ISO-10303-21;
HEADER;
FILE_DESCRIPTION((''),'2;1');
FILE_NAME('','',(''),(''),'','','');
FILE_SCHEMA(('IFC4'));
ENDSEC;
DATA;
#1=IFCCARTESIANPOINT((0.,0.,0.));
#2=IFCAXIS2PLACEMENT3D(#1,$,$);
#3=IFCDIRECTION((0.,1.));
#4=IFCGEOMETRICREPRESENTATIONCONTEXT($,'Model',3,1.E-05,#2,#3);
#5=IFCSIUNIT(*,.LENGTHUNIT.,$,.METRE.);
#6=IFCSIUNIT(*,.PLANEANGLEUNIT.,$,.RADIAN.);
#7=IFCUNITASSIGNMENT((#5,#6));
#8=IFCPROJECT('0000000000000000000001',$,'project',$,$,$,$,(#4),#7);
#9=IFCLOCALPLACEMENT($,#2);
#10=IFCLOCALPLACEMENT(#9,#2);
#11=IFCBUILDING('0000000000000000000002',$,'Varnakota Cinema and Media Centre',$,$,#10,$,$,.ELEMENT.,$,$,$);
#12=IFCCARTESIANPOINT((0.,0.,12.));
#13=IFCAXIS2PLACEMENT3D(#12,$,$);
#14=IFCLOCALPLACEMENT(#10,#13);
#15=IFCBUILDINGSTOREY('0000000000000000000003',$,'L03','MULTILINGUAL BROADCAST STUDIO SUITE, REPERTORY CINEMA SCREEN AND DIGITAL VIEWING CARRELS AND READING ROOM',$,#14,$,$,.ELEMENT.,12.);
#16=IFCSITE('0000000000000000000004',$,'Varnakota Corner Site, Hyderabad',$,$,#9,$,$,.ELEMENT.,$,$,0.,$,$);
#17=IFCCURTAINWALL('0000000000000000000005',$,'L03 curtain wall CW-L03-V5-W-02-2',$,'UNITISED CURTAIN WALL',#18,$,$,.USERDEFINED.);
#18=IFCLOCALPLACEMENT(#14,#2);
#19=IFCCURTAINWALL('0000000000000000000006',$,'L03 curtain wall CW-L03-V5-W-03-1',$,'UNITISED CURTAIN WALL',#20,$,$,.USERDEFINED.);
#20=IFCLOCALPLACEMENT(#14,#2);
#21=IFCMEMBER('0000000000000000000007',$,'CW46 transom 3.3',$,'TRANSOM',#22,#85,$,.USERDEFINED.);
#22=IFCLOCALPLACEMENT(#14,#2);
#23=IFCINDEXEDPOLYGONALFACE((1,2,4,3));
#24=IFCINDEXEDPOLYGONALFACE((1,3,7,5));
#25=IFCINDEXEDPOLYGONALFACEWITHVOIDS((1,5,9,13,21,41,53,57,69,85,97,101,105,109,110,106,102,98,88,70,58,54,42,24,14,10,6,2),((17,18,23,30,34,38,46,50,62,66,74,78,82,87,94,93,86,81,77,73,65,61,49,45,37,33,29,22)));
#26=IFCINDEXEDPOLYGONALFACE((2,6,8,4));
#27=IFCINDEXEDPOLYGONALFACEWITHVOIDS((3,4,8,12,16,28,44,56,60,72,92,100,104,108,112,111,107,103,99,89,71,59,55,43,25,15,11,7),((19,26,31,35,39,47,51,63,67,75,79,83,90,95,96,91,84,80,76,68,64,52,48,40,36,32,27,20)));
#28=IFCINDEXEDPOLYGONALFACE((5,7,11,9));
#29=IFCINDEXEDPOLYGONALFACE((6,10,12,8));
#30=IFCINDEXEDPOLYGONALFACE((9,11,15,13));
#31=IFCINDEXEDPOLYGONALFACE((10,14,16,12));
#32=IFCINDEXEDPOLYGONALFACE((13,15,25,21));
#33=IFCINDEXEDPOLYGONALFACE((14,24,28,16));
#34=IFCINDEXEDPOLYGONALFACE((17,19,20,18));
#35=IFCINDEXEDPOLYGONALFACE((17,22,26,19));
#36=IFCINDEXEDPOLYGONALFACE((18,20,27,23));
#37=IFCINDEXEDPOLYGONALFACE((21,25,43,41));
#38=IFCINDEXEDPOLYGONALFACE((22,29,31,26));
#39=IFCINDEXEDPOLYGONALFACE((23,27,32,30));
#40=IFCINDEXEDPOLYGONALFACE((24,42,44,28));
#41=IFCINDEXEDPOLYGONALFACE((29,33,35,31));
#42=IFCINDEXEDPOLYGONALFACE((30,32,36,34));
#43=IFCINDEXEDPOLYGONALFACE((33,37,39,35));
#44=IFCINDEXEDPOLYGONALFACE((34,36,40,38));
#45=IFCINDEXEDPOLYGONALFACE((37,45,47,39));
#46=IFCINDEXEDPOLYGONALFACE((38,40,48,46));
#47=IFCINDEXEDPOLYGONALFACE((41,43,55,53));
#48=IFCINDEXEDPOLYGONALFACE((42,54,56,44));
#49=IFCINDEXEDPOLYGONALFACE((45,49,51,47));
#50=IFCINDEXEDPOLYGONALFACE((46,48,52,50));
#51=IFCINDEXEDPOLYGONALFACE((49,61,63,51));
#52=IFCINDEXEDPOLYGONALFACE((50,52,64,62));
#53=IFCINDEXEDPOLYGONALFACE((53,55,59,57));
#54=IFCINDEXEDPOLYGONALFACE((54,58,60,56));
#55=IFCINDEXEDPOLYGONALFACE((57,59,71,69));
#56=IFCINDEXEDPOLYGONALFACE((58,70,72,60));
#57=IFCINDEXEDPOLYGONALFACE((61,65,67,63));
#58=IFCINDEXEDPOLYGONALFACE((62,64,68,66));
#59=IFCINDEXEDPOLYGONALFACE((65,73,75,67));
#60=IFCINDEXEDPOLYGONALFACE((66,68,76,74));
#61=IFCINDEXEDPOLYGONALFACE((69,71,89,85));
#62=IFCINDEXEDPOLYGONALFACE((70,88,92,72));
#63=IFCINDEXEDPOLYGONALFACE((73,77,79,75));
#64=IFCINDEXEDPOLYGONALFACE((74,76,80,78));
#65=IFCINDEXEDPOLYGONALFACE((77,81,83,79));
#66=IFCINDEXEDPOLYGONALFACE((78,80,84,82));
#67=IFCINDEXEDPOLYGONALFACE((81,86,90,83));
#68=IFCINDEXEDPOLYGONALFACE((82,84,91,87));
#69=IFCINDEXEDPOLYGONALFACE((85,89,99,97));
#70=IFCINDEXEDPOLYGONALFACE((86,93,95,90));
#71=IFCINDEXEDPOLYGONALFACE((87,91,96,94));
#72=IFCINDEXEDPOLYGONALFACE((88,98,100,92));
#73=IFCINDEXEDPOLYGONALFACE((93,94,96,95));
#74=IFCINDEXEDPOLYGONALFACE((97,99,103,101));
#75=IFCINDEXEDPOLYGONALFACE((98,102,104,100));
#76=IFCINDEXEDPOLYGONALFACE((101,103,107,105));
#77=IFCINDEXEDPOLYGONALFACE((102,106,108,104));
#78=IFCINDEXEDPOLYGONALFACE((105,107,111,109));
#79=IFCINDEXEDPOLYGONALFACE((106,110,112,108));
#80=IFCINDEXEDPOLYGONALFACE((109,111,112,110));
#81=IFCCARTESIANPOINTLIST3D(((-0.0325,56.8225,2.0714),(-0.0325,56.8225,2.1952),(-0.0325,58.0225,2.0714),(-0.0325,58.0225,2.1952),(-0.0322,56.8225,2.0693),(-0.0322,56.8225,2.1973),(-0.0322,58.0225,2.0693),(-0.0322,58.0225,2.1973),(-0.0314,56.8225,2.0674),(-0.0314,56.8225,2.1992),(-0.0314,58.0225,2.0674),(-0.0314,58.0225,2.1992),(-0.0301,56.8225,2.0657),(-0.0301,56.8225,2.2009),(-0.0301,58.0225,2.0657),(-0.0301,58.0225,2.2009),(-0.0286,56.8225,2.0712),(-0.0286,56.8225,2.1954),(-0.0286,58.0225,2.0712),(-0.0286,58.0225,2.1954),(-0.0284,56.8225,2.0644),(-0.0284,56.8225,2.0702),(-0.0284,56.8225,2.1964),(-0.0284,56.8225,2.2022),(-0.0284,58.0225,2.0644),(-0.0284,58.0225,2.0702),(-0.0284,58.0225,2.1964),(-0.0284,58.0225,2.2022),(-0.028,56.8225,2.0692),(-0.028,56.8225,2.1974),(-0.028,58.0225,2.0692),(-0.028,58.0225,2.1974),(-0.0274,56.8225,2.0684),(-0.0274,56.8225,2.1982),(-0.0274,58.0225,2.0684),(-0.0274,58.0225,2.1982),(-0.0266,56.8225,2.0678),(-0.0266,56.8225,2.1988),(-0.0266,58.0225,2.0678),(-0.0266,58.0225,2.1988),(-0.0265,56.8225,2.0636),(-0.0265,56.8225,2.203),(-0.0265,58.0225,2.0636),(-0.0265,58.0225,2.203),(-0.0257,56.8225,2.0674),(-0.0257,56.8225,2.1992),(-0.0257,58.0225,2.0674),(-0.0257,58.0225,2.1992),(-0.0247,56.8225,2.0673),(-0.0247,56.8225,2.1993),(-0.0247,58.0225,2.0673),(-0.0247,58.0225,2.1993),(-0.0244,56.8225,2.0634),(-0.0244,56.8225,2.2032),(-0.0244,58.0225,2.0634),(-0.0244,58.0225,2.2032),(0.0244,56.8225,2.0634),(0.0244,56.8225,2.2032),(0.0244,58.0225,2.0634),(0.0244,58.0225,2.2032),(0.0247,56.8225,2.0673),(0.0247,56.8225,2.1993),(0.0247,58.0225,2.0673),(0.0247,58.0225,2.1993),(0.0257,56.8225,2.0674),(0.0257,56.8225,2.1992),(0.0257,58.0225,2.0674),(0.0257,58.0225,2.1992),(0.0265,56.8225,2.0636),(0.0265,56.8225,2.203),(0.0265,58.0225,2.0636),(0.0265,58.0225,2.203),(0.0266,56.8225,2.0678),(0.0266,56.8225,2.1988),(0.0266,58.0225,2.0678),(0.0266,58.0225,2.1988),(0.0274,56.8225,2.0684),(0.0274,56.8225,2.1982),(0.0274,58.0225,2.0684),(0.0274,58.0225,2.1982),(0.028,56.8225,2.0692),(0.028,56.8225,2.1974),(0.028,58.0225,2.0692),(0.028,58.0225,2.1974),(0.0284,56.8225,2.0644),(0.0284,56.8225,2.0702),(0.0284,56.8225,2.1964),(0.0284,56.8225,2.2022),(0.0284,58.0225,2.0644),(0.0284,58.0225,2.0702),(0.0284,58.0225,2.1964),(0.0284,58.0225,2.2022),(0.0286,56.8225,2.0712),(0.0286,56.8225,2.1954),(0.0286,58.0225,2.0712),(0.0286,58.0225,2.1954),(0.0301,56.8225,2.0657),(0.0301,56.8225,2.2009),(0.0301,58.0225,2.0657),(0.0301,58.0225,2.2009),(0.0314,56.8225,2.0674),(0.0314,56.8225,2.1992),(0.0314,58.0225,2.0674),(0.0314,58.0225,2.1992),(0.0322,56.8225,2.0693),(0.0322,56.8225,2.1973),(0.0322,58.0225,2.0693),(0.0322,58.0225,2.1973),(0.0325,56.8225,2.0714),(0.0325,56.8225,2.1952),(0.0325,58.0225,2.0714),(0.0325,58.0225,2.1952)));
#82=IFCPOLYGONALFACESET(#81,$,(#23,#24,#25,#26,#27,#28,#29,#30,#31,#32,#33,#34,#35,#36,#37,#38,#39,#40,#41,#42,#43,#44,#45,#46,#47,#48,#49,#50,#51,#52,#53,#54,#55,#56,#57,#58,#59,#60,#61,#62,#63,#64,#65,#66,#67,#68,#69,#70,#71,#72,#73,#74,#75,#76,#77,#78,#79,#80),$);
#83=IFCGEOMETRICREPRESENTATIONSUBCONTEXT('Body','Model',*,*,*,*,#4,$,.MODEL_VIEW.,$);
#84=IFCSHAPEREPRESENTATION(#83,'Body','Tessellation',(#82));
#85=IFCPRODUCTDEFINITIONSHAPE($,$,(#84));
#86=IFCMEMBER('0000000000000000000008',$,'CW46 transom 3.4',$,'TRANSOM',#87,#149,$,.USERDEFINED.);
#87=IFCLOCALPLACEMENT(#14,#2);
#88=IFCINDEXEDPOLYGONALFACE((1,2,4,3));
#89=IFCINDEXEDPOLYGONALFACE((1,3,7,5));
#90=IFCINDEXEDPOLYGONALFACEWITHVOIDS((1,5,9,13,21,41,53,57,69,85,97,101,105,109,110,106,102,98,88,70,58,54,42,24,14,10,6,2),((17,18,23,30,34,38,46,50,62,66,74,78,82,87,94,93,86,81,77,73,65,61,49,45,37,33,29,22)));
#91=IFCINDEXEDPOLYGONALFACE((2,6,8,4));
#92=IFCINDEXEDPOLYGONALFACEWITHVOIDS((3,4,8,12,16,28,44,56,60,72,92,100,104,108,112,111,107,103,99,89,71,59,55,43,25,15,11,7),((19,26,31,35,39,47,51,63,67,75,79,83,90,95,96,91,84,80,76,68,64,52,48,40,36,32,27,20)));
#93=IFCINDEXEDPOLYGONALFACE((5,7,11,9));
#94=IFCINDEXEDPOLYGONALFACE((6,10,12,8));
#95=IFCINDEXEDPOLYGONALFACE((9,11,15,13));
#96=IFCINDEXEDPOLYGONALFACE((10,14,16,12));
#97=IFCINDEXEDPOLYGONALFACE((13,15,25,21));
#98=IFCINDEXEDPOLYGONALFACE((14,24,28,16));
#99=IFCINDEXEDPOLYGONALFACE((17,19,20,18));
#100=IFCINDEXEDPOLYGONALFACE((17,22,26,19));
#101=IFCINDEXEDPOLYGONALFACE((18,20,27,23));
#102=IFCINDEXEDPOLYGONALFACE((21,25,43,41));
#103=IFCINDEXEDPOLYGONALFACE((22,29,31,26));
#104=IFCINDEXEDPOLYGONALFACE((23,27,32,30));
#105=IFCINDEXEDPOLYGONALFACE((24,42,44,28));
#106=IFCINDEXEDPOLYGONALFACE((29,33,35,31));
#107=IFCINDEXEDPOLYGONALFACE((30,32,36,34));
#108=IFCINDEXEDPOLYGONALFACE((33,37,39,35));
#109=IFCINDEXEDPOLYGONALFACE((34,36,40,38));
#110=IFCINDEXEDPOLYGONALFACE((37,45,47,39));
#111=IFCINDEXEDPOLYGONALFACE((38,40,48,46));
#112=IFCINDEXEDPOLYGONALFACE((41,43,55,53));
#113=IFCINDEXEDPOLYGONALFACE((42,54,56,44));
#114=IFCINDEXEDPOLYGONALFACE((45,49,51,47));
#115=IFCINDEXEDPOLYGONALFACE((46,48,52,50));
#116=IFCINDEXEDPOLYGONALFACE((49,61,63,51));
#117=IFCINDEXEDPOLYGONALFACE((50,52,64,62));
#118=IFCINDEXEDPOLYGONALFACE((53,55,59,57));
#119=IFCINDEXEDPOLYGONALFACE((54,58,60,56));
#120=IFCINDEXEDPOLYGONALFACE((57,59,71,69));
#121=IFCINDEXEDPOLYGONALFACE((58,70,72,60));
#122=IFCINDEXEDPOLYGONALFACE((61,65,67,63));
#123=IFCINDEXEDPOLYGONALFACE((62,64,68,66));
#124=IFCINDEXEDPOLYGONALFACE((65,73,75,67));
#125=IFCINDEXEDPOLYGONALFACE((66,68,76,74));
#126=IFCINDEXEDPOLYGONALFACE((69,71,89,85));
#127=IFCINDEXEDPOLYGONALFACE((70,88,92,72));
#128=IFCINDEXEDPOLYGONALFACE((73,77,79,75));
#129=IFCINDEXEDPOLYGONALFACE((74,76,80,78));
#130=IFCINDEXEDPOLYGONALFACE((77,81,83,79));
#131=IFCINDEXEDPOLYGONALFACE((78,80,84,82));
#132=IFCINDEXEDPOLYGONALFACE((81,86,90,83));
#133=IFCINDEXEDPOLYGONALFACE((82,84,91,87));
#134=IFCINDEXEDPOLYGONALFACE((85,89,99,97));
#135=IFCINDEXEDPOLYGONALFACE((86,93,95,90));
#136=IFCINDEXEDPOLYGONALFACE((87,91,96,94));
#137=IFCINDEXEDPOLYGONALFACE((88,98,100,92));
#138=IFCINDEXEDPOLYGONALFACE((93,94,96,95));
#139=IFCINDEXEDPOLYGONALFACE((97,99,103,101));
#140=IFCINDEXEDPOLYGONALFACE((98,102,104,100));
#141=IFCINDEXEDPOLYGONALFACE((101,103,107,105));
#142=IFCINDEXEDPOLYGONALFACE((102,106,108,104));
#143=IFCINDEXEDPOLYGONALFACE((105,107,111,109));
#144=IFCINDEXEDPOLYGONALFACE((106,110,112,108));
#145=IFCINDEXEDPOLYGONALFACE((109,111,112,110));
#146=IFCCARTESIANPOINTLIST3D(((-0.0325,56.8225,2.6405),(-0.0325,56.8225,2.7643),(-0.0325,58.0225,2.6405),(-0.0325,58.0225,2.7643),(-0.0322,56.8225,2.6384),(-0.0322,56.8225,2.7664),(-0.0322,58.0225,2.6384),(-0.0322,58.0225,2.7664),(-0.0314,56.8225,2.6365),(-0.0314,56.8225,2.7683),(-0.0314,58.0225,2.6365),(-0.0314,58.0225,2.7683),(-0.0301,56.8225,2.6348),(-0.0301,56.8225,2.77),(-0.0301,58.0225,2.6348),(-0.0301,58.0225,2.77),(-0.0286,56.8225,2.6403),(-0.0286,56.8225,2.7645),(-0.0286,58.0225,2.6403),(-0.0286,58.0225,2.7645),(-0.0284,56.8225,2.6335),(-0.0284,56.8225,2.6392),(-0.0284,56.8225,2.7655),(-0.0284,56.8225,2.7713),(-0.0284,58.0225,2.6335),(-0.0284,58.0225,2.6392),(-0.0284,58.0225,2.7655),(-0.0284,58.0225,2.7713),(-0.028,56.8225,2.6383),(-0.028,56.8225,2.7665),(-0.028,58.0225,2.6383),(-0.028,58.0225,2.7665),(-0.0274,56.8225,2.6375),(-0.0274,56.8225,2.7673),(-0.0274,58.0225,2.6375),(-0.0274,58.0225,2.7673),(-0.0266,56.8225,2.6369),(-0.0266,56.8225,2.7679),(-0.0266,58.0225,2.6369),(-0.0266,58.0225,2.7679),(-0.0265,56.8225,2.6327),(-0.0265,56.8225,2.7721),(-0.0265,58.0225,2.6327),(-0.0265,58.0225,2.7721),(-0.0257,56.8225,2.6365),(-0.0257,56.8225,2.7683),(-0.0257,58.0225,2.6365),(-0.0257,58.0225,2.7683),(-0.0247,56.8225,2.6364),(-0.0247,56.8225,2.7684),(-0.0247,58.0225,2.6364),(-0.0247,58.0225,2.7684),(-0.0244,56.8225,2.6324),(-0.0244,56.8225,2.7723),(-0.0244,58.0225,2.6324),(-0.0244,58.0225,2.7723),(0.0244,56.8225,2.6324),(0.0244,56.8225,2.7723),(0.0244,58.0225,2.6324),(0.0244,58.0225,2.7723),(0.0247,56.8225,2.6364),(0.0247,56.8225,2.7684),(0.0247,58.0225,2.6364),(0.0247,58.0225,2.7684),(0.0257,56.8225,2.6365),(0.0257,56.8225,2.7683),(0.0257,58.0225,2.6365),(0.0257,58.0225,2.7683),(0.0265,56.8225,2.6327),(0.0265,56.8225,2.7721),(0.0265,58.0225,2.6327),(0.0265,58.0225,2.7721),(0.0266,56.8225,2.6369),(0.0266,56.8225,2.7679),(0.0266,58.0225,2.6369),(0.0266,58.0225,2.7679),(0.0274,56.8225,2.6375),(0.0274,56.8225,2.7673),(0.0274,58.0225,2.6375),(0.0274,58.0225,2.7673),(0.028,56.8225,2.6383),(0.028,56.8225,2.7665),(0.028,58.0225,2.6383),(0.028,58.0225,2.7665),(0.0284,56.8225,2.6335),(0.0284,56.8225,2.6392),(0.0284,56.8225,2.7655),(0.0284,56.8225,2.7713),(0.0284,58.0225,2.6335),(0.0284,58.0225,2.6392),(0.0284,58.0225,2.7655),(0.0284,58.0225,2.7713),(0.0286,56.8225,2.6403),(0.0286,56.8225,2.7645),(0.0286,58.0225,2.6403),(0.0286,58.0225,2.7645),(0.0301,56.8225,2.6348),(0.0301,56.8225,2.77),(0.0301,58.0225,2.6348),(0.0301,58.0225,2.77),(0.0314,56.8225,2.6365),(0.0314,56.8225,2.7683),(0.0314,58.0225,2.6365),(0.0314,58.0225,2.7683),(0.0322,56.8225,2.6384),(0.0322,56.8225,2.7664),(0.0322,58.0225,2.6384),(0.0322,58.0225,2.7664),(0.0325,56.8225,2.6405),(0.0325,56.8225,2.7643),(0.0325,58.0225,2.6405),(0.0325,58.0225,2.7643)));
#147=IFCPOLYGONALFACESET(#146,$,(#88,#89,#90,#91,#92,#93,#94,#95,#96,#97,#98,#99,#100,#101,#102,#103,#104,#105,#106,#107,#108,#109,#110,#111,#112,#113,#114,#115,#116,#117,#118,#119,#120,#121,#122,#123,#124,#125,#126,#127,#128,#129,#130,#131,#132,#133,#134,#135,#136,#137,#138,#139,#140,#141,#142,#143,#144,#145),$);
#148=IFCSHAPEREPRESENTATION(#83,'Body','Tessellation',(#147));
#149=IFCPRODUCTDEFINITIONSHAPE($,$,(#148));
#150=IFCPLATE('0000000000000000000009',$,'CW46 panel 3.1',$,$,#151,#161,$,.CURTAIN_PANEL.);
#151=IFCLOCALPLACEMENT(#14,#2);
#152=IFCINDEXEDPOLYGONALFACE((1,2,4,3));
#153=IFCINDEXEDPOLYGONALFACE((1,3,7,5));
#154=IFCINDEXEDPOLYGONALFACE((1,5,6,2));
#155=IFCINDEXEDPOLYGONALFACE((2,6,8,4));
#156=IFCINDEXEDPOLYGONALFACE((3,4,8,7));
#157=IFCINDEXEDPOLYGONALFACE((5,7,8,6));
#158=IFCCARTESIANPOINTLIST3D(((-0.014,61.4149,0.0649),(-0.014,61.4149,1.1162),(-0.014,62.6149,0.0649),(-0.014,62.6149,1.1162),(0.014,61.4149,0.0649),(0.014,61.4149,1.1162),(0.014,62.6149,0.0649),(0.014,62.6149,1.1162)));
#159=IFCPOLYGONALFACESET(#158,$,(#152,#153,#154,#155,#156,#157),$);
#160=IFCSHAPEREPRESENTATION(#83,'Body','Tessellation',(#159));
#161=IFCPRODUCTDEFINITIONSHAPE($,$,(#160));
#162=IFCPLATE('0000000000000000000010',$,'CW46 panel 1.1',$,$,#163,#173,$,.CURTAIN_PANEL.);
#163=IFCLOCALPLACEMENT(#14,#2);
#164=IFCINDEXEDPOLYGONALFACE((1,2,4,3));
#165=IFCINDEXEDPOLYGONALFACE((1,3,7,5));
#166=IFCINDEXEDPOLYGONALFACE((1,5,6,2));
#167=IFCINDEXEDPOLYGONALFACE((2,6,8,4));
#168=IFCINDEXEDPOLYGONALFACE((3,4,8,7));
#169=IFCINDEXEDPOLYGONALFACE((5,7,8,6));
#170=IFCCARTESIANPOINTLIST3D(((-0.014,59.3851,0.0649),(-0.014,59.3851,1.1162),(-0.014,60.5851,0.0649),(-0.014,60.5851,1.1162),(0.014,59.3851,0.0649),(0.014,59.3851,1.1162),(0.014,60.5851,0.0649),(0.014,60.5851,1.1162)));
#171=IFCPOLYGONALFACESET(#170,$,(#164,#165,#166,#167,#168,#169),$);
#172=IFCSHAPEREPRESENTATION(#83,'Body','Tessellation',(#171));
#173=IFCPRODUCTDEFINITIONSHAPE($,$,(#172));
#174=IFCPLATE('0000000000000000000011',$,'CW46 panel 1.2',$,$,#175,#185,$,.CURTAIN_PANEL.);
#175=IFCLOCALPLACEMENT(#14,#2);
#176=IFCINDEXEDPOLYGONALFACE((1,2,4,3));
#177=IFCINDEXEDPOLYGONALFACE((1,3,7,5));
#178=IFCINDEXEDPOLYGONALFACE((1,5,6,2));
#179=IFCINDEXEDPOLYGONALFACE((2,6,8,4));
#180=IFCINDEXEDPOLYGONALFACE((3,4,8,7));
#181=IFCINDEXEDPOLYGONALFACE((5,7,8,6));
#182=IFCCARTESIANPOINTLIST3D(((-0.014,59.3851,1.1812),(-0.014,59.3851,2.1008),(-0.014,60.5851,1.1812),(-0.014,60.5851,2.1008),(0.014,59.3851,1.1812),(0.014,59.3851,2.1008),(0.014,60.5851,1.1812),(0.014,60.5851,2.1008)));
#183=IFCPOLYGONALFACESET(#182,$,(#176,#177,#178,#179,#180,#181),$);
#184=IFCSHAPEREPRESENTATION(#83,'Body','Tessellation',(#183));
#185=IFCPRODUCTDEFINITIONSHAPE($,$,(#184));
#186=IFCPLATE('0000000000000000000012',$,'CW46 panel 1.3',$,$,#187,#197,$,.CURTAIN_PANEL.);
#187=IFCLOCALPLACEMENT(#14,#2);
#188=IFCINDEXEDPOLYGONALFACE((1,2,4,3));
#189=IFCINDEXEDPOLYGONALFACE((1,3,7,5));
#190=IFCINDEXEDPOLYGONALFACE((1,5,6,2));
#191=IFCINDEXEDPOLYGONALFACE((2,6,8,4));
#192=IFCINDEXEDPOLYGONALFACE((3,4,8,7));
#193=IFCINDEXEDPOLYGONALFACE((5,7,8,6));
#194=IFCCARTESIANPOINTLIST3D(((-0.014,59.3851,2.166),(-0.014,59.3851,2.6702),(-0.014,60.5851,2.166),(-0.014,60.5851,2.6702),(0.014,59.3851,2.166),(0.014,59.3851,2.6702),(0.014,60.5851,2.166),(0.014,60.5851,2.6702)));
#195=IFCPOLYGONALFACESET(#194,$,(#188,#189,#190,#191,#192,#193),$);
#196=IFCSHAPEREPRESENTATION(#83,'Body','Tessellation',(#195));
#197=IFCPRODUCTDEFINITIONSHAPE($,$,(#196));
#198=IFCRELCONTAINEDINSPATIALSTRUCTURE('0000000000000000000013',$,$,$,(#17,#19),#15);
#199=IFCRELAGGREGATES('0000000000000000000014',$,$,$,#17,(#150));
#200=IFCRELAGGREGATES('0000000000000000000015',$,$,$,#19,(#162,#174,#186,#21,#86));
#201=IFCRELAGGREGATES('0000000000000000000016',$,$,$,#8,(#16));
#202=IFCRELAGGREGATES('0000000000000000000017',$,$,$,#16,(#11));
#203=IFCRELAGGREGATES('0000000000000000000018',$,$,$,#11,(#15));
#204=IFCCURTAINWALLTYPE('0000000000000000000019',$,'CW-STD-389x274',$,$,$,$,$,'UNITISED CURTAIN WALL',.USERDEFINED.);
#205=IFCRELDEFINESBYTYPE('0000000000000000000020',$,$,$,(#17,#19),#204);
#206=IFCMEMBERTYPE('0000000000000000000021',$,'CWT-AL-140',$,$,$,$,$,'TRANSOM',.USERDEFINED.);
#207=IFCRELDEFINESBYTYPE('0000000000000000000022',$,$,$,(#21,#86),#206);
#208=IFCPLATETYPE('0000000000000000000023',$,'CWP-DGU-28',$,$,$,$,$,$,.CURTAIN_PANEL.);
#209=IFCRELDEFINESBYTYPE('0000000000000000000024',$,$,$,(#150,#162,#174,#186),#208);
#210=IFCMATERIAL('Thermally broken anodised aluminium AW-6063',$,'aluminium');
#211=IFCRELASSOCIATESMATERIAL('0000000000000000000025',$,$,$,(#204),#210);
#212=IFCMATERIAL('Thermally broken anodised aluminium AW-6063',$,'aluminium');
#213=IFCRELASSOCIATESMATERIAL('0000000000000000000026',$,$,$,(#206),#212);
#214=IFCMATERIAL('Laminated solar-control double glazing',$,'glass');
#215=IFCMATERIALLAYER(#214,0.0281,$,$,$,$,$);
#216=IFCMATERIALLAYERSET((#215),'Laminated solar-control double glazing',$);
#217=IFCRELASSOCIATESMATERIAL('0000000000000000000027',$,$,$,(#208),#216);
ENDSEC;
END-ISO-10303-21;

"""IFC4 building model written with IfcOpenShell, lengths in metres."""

from ifc_helpers import new_model, si_unit, direction, frame, origin, origin_2d, place, context, subcontext, project, spatial, rectangle, hollow_rectangle, extrude, material, layer, layer_set, material_profile, profile_set, type_object, element, aggregate, save


model = new_model("IFC4")

# Units and contexts
model_context = context("Model", 3, precision=1e-05, world=origin(), true_north=direction((0.0, 1.0)))
body_context = subcontext(model_context, "Body", "Model", "MODEL_VIEW")
ifc_project = project(units=[si_unit("LENGTHUNIT", "METRE"), si_unit("PLANEANGLEUNIT", "RADIAN")], contexts=[model_context])

# Site, building, storey
site_placement = place(None, origin())
site = spatial("IfcSite", under=ifc_project, at=site_placement, Name="Varnakota Corner Site, Hyderabad", CompositionType="ELEMENT", RefElevation=0.0)
building_placement = place(site_placement, origin())
building = spatial("IfcBuilding", under=site, at=building_placement, Name="Varnakota Cinema and Media Centre", CompositionType="ELEMENT")
storey_placement = place(building_placement, frame((0.0, 0.0, 12.0)))
storey = spatial("IfcBuildingStorey", under=building, at=storey_placement, Name="L03", Description="MULTILINGUAL BROADCAST STUDIO SUITE, REPERTORY CINEMA SCREEN AND DIGITAL VIEWING CARRELS AND READING ROOM", CompositionType="ELEMENT", Elevation=12.0)

# Curtain wall
ifc_material_1 = material(Name="Thermally broken anodised aluminium AW-6063", Category="aluminium")
curtain_wall_type = type_object("IfcCurtainWallType", Name="CW-STD-389x274", ElementType="UNITISED CURTAIN WALL", PredefinedType="USERDEFINED", material=ifc_material_1)
curtain_wall_1_placement = place(storey_placement, origin())
curtain_wall_1 = element("IfcCurtainWall", 1, at=curtain_wall_1_placement, inside=storey, type_object=curtain_wall_type, Name="L03 curtain wall CW-L03-V5-W-02-2", ObjectType="UNITISED CURTAIN WALL", PredefinedType="USERDEFINED")

# Curtain wall, members
curtain_wall_2_placement = place(storey_placement, origin())
curtain_wall_2 = element("IfcCurtainWall", 2, at=curtain_wall_2_placement, inside=storey, type_object=curtain_wall_type, Name="L03 curtain wall CW-L03-V5-W-03-1", ObjectType="UNITISED CURTAIN WALL", PredefinedType="USERDEFINED")
ifc_material_2 = material(Name="Thermally broken anodised aluminium AW-6063", Category="aluminium")
ifc_material_profile_1 = material_profile(ifc_material_2, hollow_rectangle(XDim=0.0649, YDim=0.1399, WallThickness=0.0039, InnerFilletRadius=0.0039, OuterFilletRadius=0.0081, at=origin_2d()), Name="AL-TRANSOM 140x65x4")
ifc_profile_set_1 = profile_set([ifc_material_profile_1], Name="Thermally broken anodised aluminium AW-6063")
member_type_1 = type_object("IfcMemberType", Name="CWT-AL-140", ElementType="TRANSOM", PredefinedType="USERDEFINED", material=ifc_profile_set_1)
member_1_placement = place(storey_placement, frame((0.0, 58.0225, 2.1333), z_axis=(0.0, -1.0, 0.0), x_axis=(1.0, 0.0, 0.0)))
member_1 = element("IfcMember", 3, at=member_1_placement, type_object=member_type_1, Name="CW46 transom 3.3", ObjectType="TRANSOM", PredefinedType="USERDEFINED", context=body_context, shape_type="SweptSolid", body=[
    extrude(hollow_rectangle(XDim=0.0649, YDim=0.1399, WallThickness=0.0039, InnerFilletRadius=0.0039, OuterFilletRadius=0.0081, at=origin_2d()), origin(), (0.0, 0.0, 1.0), 1.2),
])
member_2_placement = place(storey_placement, frame((0.0, 58.0225, 2.7024), z_axis=(0.0, -1.0, 0.0), x_axis=(1.0, 0.0, 0.0)))
member_2 = element("IfcMember", 4, at=member_2_placement, type_object=member_type_1, Name="CW46 transom 3.4", ObjectType="TRANSOM", PredefinedType="USERDEFINED", context=body_context, shape_type="SweptSolid", body=[
    extrude(hollow_rectangle(XDim=0.0649, YDim=0.1399, WallThickness=0.0039, InnerFilletRadius=0.0039, OuterFilletRadius=0.0081, at=origin_2d()), origin(), (0.0, 0.0, 1.0), 1.2),
])

# Plates
ifc_material_3 = material(Name="Laminated solar-control double glazing", Category="glass")
ifc_layer = layer(ifc_material_3, 0.0281)
ifc_layer_set = layer_set([ifc_layer], Name="Laminated solar-control double glazing")
plate_type = type_object("IfcPlateType", Name="CWP-DGU-28", PredefinedType="CURTAIN_PANEL", material=ifc_layer_set)
plate_1_placement = place(storey_placement, frame((0.0, 62.0149, 0.0649), z_axis=(0.0, 0.0, 1.0), x_axis=(0.0, -1.0, 0.0)))
plate_1 = element("IfcPlate", 5, at=plate_1_placement, type_object=plate_type, Name="CW46 panel 3.1", PredefinedType="CURTAIN_PANEL", context=body_context, shape_type="SweptSolid", body=[
    extrude(rectangle(XDim=1.2, YDim=0.0281, at=origin_2d()), origin(), (0.0, 0.0, 1.0), 1.0513),
])
aggregate(curtain_wall_1, [plate_1])
plate_2_placement = place(storey_placement, frame((0.0, 59.9851, 0.0649), z_axis=(0.0, 0.0, 1.0), x_axis=(0.0, -1.0, 0.0)))
plate_2 = element("IfcPlate", 6, at=plate_2_placement, type_object=plate_type, Name="CW46 panel 1.1", PredefinedType="CURTAIN_PANEL", context=body_context, shape_type="SweptSolid", body=[
    extrude(rectangle(XDim=1.2, YDim=0.0281, at=origin_2d()), origin(), (0.0, 0.0, 1.0), 1.0513),
])
plate_3_placement = place(storey_placement, frame((0.0, 59.9851, 1.1812), z_axis=(0.0, 0.0, 1.0), x_axis=(0.0, -1.0, 0.0)))
plate_3 = element("IfcPlate", 7, at=plate_3_placement, type_object=plate_type, Name="CW46 panel 1.2", PredefinedType="CURTAIN_PANEL", context=body_context, shape_type="SweptSolid", body=[
    extrude(rectangle(XDim=1.2, YDim=0.0281, at=origin_2d()), origin(), (0.0, 0.0, 1.0), 0.9197),
])
plate_4_placement = place(storey_placement, frame((0.0, 59.9851, 2.166), z_axis=(0.0, 0.0, 1.0), x_axis=(0.0, -1.0, 0.0)))
plate_4 = element("IfcPlate", 8, at=plate_4_placement, type_object=plate_type, Name="CW46 panel 1.3", PredefinedType="CURTAIN_PANEL", context=body_context, shape_type="SweptSolid", body=[
    extrude(rectangle(XDim=1.2, YDim=0.0281, at=origin_2d()), origin(), (0.0, 0.0, 1.0), 0.5042),
])
aggregate(curtain_wall_2, [plate_2, plate_3, plate_4, member_1, member_2])

save(model, "model.ifc")
